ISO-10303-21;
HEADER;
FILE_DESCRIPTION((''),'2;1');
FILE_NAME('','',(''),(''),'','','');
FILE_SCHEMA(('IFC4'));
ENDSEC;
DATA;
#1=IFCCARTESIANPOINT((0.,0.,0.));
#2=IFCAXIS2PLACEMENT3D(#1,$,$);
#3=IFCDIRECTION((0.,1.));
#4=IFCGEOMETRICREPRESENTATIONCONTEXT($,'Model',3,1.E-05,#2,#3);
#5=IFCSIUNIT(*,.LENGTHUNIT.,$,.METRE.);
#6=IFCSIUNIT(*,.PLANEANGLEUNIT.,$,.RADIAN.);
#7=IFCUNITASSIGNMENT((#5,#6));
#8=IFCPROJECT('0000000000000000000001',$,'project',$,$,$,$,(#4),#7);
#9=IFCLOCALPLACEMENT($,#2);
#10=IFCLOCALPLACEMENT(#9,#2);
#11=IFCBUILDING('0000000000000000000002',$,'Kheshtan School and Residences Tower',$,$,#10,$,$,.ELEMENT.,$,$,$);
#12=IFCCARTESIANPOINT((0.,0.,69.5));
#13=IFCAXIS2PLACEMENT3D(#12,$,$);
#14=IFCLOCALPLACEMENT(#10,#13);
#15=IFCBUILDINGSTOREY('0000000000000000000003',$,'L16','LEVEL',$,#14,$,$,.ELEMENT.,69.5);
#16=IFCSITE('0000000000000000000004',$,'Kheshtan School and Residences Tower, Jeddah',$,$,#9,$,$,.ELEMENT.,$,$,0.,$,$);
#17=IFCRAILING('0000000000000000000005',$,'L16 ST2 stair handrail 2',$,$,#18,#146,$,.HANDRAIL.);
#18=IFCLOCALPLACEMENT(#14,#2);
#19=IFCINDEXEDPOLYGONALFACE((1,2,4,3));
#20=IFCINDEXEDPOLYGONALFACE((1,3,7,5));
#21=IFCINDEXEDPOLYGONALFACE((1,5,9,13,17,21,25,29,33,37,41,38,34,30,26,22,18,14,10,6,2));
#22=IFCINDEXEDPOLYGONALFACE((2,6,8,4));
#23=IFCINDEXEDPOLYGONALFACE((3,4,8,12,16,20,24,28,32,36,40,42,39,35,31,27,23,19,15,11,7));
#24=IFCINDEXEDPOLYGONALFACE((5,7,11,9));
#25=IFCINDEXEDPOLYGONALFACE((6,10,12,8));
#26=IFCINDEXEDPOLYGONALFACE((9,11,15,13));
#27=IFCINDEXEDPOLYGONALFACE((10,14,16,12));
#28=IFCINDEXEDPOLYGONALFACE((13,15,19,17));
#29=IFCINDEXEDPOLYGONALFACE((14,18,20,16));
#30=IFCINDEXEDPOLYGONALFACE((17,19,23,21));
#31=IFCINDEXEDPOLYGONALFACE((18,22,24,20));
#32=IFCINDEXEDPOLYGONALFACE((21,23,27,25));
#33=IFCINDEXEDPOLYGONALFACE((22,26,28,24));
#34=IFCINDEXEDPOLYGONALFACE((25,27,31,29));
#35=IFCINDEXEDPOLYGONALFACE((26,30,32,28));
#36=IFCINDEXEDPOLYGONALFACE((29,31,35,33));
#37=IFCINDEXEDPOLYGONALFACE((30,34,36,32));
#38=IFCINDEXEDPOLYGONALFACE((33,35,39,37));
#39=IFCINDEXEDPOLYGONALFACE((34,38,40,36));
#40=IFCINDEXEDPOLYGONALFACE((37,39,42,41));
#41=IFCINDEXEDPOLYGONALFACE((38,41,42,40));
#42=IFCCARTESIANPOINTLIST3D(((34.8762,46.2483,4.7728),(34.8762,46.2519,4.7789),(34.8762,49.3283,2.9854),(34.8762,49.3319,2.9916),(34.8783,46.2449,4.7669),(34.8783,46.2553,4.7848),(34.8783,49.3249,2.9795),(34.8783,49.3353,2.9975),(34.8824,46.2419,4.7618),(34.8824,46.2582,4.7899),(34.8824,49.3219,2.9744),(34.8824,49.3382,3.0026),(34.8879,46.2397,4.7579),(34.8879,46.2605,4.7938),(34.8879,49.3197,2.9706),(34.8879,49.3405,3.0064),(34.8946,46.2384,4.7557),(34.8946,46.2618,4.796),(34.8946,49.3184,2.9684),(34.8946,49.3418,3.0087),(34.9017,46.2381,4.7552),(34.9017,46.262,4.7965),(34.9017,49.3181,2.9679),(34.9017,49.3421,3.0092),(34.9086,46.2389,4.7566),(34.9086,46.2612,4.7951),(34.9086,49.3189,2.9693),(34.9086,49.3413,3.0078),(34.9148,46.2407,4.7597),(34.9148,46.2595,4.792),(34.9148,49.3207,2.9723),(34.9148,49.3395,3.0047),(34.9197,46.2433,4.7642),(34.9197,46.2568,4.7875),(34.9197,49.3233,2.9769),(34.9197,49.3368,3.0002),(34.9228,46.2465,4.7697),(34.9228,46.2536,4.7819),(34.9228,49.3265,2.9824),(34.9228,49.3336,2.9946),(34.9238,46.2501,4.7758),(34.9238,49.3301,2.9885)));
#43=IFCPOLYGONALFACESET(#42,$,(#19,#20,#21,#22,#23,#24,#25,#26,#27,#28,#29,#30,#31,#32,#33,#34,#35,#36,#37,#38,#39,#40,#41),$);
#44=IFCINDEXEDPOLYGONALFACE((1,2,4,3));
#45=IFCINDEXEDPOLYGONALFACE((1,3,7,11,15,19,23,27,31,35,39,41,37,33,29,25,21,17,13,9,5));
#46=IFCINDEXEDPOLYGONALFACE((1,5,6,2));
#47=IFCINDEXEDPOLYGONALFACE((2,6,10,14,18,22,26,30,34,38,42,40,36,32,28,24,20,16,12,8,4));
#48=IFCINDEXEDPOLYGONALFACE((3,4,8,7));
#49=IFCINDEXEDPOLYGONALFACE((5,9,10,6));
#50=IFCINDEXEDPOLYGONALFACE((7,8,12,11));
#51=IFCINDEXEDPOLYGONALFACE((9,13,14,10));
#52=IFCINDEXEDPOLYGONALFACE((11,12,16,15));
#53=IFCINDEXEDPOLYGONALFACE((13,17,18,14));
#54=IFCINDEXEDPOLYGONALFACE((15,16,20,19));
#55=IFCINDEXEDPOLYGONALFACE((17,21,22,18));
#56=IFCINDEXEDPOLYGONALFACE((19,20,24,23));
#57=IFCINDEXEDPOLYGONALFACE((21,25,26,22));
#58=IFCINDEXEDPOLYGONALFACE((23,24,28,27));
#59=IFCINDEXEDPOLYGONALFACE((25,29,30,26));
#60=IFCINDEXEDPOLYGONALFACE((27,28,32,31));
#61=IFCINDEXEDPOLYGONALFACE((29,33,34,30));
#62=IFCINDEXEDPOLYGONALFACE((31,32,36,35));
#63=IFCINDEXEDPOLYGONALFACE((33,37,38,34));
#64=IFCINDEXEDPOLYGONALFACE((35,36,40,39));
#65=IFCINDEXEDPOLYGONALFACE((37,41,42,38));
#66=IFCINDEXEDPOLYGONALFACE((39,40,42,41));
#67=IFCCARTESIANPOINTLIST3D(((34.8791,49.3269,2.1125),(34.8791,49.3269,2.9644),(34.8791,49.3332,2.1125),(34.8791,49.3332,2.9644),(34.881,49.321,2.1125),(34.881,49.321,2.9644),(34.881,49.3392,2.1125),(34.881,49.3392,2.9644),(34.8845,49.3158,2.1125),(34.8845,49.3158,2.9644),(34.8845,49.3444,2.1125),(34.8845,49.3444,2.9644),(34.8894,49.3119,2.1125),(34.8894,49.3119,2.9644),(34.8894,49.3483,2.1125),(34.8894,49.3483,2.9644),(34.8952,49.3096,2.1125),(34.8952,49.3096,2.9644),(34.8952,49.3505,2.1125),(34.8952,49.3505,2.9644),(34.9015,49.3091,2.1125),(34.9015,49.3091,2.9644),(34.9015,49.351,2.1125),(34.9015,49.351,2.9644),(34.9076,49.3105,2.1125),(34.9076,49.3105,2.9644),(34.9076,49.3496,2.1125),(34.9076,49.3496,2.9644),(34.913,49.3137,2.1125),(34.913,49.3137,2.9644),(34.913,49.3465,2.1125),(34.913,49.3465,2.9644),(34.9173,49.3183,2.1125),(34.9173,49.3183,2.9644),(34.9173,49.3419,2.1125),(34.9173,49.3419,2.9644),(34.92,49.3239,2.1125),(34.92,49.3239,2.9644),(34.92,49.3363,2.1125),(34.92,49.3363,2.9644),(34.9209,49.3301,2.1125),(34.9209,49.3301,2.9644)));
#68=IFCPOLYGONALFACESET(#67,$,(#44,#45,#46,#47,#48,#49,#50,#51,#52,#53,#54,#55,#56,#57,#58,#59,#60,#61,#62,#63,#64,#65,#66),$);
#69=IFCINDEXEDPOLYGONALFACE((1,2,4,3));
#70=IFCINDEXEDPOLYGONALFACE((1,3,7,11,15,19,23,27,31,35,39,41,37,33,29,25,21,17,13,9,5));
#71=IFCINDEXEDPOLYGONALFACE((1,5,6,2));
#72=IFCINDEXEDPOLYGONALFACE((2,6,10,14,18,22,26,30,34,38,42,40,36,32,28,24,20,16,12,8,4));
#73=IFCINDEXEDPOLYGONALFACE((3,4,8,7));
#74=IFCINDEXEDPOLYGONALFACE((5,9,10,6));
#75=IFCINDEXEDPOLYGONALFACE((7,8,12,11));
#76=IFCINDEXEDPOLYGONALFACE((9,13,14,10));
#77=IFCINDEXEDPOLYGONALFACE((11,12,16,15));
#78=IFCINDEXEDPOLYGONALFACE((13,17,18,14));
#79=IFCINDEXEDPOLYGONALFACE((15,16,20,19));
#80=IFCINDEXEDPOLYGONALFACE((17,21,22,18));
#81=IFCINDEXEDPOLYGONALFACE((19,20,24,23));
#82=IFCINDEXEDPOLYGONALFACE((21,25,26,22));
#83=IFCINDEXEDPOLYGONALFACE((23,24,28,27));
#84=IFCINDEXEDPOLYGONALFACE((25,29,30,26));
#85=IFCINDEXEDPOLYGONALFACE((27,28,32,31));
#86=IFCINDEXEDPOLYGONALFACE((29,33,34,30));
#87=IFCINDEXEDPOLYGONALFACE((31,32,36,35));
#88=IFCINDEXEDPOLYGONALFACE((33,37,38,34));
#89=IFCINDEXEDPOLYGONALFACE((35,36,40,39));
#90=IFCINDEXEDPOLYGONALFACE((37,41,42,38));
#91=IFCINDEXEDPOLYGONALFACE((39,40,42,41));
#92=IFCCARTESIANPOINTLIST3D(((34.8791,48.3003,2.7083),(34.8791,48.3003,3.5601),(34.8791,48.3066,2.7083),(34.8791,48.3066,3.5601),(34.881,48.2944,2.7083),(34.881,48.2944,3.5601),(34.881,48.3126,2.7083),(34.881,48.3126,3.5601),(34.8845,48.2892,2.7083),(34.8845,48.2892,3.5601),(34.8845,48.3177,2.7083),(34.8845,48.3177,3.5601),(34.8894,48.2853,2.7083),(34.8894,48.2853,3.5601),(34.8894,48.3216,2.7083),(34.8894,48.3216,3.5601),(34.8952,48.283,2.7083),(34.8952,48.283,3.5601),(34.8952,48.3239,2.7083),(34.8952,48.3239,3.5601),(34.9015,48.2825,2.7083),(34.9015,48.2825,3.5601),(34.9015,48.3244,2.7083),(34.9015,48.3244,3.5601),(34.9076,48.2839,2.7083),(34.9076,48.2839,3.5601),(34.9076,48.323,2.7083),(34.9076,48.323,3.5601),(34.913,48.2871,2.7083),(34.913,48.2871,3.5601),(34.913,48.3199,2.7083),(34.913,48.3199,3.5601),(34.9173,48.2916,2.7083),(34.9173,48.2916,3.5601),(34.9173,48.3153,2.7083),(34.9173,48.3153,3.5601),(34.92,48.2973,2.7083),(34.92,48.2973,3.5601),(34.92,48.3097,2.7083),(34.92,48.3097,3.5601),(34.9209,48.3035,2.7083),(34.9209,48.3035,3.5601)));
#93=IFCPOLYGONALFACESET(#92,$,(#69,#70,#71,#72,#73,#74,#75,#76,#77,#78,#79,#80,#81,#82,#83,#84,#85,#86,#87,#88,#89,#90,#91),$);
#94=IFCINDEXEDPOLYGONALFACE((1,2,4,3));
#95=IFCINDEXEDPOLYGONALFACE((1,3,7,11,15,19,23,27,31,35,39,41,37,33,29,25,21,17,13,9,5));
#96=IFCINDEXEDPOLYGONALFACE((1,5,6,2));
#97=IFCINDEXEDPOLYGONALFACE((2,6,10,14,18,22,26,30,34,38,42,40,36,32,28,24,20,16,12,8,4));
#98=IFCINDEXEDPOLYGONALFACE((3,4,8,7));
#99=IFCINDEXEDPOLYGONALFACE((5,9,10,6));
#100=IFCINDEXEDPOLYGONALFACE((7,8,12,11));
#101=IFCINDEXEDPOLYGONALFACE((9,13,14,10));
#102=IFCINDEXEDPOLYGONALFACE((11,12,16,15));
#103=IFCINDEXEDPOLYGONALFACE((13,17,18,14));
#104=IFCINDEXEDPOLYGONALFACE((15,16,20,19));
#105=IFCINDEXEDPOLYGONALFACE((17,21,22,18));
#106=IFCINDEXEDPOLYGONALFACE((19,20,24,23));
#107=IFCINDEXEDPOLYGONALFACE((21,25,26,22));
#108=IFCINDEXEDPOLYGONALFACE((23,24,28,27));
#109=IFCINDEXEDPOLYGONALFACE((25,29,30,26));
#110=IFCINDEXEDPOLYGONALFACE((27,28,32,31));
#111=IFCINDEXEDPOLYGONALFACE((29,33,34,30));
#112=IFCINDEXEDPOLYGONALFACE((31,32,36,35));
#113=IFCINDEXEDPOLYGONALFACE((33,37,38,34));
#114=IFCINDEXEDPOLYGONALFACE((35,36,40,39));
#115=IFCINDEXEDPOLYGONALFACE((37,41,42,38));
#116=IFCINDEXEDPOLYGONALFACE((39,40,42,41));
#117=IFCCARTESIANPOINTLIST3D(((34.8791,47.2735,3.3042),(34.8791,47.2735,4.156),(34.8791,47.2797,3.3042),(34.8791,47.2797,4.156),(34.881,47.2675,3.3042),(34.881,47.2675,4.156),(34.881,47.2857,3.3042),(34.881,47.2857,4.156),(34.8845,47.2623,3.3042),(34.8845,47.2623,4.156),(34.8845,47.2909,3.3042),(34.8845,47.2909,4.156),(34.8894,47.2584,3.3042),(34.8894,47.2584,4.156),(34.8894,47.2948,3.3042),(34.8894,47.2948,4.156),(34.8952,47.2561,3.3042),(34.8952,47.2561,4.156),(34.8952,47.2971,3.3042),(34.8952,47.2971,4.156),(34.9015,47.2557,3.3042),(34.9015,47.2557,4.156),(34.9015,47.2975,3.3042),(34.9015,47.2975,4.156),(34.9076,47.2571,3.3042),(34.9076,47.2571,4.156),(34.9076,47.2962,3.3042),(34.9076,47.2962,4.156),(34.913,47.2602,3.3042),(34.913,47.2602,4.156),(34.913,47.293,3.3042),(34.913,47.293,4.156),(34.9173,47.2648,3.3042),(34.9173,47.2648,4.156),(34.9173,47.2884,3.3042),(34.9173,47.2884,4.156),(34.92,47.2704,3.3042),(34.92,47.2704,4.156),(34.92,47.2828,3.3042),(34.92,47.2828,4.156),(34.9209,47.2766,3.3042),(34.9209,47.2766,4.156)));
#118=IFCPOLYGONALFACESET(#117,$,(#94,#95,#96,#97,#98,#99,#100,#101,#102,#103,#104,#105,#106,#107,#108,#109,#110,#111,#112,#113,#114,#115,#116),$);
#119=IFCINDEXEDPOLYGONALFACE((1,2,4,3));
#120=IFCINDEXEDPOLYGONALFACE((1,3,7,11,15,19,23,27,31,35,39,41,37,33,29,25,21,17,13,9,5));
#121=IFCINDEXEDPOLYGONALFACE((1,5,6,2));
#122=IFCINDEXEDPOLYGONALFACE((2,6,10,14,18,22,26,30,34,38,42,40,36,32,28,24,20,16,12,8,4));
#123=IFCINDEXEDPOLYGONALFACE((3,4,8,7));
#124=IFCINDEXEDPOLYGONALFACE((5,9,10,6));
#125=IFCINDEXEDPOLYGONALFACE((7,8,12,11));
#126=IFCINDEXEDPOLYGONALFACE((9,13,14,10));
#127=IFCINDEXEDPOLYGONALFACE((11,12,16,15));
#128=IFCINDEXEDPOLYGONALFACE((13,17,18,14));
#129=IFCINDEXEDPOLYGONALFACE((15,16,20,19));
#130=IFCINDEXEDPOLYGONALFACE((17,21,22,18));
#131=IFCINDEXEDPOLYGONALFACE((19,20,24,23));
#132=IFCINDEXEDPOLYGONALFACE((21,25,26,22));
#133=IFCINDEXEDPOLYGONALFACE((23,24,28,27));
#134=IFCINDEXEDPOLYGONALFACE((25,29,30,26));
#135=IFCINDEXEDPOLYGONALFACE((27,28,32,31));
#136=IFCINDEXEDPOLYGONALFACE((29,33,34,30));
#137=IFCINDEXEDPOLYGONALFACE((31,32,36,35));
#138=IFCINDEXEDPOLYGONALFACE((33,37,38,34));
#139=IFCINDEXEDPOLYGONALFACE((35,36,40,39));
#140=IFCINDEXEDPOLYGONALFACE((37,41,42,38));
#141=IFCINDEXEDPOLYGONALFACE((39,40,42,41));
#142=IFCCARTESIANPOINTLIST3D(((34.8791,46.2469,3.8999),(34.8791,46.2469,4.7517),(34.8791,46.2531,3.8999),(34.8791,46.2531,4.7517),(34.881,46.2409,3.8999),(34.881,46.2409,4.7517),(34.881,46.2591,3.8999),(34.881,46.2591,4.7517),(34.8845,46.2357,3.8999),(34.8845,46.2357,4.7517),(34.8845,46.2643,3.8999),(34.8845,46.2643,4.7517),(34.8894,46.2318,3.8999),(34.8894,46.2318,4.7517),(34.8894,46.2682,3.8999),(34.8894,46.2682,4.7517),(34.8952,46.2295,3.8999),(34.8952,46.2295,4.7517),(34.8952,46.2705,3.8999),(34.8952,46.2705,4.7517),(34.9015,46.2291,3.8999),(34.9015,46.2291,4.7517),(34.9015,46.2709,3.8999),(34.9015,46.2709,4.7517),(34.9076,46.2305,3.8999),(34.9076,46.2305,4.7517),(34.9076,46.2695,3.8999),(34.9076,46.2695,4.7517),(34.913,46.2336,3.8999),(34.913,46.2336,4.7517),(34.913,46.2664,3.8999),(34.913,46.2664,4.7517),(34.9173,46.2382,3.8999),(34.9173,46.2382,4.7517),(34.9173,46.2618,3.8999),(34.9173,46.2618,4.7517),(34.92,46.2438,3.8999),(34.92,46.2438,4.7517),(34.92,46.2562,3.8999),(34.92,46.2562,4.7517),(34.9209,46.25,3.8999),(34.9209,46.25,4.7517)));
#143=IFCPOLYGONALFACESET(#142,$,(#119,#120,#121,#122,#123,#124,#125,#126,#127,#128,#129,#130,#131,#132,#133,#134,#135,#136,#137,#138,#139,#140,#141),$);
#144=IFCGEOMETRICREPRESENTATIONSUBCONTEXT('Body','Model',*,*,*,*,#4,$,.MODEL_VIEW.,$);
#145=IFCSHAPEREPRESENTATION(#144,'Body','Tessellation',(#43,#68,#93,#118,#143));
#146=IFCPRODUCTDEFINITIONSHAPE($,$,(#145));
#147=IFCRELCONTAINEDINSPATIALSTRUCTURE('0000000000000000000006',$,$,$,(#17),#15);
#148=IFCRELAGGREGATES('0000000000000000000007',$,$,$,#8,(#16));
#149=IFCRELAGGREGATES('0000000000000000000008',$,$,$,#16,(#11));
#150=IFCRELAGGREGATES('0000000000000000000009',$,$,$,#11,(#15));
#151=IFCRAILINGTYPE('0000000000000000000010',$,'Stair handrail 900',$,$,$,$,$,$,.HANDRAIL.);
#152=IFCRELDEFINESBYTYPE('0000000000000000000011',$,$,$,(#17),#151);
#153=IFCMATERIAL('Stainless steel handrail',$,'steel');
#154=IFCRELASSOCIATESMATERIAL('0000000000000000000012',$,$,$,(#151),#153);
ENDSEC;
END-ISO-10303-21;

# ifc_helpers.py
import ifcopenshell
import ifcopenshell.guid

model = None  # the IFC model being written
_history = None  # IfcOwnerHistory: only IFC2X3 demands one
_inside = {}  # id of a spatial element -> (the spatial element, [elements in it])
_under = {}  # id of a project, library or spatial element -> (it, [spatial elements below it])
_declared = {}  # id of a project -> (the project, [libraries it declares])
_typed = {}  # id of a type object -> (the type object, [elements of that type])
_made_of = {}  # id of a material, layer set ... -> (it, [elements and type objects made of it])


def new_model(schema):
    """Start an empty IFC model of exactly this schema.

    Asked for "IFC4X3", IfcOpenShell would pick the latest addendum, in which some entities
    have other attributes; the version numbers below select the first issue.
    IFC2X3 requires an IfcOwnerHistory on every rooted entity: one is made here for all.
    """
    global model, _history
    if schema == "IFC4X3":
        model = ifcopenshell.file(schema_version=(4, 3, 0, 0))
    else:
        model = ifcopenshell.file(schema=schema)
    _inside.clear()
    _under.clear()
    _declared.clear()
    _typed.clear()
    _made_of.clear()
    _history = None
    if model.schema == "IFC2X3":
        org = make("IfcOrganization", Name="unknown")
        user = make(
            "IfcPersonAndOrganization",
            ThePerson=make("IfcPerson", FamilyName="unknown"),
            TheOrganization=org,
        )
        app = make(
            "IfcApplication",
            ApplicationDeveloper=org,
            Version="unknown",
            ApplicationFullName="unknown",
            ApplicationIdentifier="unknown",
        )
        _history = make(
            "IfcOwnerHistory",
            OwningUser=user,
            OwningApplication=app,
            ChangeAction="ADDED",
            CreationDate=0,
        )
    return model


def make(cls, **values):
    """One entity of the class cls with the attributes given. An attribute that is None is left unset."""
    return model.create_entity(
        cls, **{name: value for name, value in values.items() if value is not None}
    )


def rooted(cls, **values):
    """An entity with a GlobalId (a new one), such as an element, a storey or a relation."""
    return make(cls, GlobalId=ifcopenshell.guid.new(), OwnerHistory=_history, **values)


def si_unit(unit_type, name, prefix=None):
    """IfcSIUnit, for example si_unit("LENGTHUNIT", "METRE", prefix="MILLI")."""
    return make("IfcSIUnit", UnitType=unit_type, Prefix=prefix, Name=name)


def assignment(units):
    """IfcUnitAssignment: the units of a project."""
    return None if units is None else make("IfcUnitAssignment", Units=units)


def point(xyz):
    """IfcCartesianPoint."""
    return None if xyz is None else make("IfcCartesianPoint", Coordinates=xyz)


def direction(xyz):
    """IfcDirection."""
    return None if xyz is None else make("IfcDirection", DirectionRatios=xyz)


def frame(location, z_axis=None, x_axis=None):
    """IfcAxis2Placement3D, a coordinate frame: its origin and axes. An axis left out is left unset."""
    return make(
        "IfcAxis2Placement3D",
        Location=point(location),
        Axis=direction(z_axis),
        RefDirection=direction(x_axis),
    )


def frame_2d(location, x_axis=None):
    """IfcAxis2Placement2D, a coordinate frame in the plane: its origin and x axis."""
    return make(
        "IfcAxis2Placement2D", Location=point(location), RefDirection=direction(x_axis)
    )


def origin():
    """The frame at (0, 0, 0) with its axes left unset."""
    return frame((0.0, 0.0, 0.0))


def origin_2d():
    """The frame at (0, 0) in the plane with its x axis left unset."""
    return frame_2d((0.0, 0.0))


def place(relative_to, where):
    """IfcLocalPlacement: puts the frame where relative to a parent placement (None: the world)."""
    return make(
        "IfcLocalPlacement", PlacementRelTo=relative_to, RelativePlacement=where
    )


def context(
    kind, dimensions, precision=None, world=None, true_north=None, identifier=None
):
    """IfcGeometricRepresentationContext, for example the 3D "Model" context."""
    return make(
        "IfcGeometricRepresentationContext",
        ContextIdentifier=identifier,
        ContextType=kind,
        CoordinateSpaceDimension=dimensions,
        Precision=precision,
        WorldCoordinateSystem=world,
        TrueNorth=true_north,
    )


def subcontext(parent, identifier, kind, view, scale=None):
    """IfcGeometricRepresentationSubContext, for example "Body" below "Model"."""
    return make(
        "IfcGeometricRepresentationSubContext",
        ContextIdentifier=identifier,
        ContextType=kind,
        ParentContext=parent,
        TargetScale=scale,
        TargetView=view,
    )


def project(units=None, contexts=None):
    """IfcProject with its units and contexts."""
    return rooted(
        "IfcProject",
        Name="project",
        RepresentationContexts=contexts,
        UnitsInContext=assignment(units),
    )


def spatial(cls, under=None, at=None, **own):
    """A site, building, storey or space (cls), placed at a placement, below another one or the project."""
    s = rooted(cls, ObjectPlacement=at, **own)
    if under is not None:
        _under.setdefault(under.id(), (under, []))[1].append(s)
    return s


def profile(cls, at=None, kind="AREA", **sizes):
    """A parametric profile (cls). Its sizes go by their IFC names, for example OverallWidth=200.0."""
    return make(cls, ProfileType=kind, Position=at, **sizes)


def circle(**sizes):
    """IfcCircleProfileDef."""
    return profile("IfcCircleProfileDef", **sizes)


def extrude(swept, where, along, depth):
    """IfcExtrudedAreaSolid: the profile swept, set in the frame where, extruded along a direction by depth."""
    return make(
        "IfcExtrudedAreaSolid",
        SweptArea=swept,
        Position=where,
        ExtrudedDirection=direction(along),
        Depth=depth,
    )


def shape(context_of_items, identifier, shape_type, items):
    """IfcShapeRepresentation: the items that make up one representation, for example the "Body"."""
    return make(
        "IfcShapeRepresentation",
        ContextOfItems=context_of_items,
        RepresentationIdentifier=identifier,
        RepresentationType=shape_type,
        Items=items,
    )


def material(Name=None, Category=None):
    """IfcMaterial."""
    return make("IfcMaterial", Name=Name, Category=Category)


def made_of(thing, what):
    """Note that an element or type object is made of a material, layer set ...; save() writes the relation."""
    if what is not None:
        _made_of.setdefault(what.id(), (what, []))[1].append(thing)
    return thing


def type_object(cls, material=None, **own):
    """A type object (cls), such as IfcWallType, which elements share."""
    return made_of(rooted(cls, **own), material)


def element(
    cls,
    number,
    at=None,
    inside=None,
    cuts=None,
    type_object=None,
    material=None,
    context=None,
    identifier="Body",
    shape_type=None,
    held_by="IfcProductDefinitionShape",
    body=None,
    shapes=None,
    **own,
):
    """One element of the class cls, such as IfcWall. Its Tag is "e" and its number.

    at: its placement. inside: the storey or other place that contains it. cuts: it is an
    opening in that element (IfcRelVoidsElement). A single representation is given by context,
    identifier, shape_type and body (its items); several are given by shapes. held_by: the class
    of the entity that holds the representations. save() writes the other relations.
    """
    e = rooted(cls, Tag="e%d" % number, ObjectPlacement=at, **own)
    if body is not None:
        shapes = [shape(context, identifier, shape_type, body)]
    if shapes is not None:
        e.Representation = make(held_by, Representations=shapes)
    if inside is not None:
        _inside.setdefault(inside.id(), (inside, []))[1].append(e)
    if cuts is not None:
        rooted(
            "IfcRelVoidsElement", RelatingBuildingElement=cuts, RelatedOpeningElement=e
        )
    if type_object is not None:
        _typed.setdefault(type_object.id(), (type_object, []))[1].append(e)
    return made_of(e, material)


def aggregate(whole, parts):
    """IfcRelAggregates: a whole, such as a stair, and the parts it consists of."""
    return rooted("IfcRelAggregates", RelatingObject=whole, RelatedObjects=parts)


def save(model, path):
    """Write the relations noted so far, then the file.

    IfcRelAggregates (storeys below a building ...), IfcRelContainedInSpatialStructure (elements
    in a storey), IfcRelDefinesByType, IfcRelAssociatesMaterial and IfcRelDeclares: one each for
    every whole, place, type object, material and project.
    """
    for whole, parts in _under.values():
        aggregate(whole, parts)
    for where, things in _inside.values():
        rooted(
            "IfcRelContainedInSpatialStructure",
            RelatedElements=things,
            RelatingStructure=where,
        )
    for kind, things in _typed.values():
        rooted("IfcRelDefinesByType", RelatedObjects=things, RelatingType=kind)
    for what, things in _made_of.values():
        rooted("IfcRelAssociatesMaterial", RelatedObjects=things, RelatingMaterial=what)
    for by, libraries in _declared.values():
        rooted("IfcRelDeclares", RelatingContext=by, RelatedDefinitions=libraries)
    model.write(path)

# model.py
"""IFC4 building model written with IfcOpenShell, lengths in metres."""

from ifc_helpers import new_model, si_unit, direction, frame, origin, origin_2d, place, context, subcontext, project, spatial, circle, extrude, material, type_object, element, save


model = new_model("IFC4")

# Units and contexts
model_context = context("Model", 3, precision=1e-05, world=origin(), true_north=direction((0.0, 1.0)))
body_context = subcontext(model_context, "Body", "Model", "MODEL_VIEW")
ifc_project = project(units=[si_unit("LENGTHUNIT", "METRE"), si_unit("PLANEANGLEUNIT", "RADIAN")], contexts=[model_context])

# Site, building, storey
site_placement = place(None, origin())
site = spatial("IfcSite", under=ifc_project, at=site_placement, Name="Kheshtan School and Residences Tower, Jeddah", CompositionType="ELEMENT", RefElevation=0.0)
building_placement = place(site_placement, origin())
building = spatial("IfcBuilding", under=site, at=building_placement, Name="Kheshtan School and Residences Tower", CompositionType="ELEMENT")
storey_placement = place(building_placement, frame((0.0, 0.0, 69.5)))
storey = spatial("IfcBuildingStorey", under=building, at=storey_placement, Name="L16", Description="LEVEL", CompositionType="ELEMENT", Elevation=69.5)

# Railing
ifc_material_1 = material(Name="Stainless steel handrail", Category="steel")
railing_type_1 = type_object("IfcRailingType", Name="Stair handrail 900", PredefinedType="HANDRAIL", material=ifc_material_1)
railing_1_placement = place(storey_placement, frame((34.8999, 49.3301, 2.1125)))
element("IfcRailing", 1, at=railing_1_placement, inside=storey, type_object=railing_type_1, Name="L16 ST2 stair handrail 2", PredefinedType="HANDRAIL", context=body_context, shape_type="SweptSolid", body=[
    extrude(circle(Radius=0.0239, at=origin_2d()), frame((0.0, 0.0, 0.876), z_axis=(0.0, -0.86492, 0.501909), x_axis=(1.0, 0.0, 0.0)), (0.0, 0.0, 1.0), 3.561),
    extrude(circle(Radius=0.021, at=origin_2d()), origin(), (0.0, 0.0, 1.0), 0.8518),
    extrude(circle(Radius=0.021, at=origin_2d()), frame((0.0, -1.0266, 0.5957)), (0.0, 0.0, 1.0), 0.8518),
    extrude(circle(Radius=0.021, at=origin_2d()), frame((0.0, -2.0535, 1.1917)), (0.0, 0.0, 1.0), 0.8518),
    extrude(circle(Radius=0.021, at=origin_2d()), frame((0.0, -3.0801, 1.7874)), (0.0, 0.0, 1.0), 0.8518),
])

save(model, "model.ifc")
